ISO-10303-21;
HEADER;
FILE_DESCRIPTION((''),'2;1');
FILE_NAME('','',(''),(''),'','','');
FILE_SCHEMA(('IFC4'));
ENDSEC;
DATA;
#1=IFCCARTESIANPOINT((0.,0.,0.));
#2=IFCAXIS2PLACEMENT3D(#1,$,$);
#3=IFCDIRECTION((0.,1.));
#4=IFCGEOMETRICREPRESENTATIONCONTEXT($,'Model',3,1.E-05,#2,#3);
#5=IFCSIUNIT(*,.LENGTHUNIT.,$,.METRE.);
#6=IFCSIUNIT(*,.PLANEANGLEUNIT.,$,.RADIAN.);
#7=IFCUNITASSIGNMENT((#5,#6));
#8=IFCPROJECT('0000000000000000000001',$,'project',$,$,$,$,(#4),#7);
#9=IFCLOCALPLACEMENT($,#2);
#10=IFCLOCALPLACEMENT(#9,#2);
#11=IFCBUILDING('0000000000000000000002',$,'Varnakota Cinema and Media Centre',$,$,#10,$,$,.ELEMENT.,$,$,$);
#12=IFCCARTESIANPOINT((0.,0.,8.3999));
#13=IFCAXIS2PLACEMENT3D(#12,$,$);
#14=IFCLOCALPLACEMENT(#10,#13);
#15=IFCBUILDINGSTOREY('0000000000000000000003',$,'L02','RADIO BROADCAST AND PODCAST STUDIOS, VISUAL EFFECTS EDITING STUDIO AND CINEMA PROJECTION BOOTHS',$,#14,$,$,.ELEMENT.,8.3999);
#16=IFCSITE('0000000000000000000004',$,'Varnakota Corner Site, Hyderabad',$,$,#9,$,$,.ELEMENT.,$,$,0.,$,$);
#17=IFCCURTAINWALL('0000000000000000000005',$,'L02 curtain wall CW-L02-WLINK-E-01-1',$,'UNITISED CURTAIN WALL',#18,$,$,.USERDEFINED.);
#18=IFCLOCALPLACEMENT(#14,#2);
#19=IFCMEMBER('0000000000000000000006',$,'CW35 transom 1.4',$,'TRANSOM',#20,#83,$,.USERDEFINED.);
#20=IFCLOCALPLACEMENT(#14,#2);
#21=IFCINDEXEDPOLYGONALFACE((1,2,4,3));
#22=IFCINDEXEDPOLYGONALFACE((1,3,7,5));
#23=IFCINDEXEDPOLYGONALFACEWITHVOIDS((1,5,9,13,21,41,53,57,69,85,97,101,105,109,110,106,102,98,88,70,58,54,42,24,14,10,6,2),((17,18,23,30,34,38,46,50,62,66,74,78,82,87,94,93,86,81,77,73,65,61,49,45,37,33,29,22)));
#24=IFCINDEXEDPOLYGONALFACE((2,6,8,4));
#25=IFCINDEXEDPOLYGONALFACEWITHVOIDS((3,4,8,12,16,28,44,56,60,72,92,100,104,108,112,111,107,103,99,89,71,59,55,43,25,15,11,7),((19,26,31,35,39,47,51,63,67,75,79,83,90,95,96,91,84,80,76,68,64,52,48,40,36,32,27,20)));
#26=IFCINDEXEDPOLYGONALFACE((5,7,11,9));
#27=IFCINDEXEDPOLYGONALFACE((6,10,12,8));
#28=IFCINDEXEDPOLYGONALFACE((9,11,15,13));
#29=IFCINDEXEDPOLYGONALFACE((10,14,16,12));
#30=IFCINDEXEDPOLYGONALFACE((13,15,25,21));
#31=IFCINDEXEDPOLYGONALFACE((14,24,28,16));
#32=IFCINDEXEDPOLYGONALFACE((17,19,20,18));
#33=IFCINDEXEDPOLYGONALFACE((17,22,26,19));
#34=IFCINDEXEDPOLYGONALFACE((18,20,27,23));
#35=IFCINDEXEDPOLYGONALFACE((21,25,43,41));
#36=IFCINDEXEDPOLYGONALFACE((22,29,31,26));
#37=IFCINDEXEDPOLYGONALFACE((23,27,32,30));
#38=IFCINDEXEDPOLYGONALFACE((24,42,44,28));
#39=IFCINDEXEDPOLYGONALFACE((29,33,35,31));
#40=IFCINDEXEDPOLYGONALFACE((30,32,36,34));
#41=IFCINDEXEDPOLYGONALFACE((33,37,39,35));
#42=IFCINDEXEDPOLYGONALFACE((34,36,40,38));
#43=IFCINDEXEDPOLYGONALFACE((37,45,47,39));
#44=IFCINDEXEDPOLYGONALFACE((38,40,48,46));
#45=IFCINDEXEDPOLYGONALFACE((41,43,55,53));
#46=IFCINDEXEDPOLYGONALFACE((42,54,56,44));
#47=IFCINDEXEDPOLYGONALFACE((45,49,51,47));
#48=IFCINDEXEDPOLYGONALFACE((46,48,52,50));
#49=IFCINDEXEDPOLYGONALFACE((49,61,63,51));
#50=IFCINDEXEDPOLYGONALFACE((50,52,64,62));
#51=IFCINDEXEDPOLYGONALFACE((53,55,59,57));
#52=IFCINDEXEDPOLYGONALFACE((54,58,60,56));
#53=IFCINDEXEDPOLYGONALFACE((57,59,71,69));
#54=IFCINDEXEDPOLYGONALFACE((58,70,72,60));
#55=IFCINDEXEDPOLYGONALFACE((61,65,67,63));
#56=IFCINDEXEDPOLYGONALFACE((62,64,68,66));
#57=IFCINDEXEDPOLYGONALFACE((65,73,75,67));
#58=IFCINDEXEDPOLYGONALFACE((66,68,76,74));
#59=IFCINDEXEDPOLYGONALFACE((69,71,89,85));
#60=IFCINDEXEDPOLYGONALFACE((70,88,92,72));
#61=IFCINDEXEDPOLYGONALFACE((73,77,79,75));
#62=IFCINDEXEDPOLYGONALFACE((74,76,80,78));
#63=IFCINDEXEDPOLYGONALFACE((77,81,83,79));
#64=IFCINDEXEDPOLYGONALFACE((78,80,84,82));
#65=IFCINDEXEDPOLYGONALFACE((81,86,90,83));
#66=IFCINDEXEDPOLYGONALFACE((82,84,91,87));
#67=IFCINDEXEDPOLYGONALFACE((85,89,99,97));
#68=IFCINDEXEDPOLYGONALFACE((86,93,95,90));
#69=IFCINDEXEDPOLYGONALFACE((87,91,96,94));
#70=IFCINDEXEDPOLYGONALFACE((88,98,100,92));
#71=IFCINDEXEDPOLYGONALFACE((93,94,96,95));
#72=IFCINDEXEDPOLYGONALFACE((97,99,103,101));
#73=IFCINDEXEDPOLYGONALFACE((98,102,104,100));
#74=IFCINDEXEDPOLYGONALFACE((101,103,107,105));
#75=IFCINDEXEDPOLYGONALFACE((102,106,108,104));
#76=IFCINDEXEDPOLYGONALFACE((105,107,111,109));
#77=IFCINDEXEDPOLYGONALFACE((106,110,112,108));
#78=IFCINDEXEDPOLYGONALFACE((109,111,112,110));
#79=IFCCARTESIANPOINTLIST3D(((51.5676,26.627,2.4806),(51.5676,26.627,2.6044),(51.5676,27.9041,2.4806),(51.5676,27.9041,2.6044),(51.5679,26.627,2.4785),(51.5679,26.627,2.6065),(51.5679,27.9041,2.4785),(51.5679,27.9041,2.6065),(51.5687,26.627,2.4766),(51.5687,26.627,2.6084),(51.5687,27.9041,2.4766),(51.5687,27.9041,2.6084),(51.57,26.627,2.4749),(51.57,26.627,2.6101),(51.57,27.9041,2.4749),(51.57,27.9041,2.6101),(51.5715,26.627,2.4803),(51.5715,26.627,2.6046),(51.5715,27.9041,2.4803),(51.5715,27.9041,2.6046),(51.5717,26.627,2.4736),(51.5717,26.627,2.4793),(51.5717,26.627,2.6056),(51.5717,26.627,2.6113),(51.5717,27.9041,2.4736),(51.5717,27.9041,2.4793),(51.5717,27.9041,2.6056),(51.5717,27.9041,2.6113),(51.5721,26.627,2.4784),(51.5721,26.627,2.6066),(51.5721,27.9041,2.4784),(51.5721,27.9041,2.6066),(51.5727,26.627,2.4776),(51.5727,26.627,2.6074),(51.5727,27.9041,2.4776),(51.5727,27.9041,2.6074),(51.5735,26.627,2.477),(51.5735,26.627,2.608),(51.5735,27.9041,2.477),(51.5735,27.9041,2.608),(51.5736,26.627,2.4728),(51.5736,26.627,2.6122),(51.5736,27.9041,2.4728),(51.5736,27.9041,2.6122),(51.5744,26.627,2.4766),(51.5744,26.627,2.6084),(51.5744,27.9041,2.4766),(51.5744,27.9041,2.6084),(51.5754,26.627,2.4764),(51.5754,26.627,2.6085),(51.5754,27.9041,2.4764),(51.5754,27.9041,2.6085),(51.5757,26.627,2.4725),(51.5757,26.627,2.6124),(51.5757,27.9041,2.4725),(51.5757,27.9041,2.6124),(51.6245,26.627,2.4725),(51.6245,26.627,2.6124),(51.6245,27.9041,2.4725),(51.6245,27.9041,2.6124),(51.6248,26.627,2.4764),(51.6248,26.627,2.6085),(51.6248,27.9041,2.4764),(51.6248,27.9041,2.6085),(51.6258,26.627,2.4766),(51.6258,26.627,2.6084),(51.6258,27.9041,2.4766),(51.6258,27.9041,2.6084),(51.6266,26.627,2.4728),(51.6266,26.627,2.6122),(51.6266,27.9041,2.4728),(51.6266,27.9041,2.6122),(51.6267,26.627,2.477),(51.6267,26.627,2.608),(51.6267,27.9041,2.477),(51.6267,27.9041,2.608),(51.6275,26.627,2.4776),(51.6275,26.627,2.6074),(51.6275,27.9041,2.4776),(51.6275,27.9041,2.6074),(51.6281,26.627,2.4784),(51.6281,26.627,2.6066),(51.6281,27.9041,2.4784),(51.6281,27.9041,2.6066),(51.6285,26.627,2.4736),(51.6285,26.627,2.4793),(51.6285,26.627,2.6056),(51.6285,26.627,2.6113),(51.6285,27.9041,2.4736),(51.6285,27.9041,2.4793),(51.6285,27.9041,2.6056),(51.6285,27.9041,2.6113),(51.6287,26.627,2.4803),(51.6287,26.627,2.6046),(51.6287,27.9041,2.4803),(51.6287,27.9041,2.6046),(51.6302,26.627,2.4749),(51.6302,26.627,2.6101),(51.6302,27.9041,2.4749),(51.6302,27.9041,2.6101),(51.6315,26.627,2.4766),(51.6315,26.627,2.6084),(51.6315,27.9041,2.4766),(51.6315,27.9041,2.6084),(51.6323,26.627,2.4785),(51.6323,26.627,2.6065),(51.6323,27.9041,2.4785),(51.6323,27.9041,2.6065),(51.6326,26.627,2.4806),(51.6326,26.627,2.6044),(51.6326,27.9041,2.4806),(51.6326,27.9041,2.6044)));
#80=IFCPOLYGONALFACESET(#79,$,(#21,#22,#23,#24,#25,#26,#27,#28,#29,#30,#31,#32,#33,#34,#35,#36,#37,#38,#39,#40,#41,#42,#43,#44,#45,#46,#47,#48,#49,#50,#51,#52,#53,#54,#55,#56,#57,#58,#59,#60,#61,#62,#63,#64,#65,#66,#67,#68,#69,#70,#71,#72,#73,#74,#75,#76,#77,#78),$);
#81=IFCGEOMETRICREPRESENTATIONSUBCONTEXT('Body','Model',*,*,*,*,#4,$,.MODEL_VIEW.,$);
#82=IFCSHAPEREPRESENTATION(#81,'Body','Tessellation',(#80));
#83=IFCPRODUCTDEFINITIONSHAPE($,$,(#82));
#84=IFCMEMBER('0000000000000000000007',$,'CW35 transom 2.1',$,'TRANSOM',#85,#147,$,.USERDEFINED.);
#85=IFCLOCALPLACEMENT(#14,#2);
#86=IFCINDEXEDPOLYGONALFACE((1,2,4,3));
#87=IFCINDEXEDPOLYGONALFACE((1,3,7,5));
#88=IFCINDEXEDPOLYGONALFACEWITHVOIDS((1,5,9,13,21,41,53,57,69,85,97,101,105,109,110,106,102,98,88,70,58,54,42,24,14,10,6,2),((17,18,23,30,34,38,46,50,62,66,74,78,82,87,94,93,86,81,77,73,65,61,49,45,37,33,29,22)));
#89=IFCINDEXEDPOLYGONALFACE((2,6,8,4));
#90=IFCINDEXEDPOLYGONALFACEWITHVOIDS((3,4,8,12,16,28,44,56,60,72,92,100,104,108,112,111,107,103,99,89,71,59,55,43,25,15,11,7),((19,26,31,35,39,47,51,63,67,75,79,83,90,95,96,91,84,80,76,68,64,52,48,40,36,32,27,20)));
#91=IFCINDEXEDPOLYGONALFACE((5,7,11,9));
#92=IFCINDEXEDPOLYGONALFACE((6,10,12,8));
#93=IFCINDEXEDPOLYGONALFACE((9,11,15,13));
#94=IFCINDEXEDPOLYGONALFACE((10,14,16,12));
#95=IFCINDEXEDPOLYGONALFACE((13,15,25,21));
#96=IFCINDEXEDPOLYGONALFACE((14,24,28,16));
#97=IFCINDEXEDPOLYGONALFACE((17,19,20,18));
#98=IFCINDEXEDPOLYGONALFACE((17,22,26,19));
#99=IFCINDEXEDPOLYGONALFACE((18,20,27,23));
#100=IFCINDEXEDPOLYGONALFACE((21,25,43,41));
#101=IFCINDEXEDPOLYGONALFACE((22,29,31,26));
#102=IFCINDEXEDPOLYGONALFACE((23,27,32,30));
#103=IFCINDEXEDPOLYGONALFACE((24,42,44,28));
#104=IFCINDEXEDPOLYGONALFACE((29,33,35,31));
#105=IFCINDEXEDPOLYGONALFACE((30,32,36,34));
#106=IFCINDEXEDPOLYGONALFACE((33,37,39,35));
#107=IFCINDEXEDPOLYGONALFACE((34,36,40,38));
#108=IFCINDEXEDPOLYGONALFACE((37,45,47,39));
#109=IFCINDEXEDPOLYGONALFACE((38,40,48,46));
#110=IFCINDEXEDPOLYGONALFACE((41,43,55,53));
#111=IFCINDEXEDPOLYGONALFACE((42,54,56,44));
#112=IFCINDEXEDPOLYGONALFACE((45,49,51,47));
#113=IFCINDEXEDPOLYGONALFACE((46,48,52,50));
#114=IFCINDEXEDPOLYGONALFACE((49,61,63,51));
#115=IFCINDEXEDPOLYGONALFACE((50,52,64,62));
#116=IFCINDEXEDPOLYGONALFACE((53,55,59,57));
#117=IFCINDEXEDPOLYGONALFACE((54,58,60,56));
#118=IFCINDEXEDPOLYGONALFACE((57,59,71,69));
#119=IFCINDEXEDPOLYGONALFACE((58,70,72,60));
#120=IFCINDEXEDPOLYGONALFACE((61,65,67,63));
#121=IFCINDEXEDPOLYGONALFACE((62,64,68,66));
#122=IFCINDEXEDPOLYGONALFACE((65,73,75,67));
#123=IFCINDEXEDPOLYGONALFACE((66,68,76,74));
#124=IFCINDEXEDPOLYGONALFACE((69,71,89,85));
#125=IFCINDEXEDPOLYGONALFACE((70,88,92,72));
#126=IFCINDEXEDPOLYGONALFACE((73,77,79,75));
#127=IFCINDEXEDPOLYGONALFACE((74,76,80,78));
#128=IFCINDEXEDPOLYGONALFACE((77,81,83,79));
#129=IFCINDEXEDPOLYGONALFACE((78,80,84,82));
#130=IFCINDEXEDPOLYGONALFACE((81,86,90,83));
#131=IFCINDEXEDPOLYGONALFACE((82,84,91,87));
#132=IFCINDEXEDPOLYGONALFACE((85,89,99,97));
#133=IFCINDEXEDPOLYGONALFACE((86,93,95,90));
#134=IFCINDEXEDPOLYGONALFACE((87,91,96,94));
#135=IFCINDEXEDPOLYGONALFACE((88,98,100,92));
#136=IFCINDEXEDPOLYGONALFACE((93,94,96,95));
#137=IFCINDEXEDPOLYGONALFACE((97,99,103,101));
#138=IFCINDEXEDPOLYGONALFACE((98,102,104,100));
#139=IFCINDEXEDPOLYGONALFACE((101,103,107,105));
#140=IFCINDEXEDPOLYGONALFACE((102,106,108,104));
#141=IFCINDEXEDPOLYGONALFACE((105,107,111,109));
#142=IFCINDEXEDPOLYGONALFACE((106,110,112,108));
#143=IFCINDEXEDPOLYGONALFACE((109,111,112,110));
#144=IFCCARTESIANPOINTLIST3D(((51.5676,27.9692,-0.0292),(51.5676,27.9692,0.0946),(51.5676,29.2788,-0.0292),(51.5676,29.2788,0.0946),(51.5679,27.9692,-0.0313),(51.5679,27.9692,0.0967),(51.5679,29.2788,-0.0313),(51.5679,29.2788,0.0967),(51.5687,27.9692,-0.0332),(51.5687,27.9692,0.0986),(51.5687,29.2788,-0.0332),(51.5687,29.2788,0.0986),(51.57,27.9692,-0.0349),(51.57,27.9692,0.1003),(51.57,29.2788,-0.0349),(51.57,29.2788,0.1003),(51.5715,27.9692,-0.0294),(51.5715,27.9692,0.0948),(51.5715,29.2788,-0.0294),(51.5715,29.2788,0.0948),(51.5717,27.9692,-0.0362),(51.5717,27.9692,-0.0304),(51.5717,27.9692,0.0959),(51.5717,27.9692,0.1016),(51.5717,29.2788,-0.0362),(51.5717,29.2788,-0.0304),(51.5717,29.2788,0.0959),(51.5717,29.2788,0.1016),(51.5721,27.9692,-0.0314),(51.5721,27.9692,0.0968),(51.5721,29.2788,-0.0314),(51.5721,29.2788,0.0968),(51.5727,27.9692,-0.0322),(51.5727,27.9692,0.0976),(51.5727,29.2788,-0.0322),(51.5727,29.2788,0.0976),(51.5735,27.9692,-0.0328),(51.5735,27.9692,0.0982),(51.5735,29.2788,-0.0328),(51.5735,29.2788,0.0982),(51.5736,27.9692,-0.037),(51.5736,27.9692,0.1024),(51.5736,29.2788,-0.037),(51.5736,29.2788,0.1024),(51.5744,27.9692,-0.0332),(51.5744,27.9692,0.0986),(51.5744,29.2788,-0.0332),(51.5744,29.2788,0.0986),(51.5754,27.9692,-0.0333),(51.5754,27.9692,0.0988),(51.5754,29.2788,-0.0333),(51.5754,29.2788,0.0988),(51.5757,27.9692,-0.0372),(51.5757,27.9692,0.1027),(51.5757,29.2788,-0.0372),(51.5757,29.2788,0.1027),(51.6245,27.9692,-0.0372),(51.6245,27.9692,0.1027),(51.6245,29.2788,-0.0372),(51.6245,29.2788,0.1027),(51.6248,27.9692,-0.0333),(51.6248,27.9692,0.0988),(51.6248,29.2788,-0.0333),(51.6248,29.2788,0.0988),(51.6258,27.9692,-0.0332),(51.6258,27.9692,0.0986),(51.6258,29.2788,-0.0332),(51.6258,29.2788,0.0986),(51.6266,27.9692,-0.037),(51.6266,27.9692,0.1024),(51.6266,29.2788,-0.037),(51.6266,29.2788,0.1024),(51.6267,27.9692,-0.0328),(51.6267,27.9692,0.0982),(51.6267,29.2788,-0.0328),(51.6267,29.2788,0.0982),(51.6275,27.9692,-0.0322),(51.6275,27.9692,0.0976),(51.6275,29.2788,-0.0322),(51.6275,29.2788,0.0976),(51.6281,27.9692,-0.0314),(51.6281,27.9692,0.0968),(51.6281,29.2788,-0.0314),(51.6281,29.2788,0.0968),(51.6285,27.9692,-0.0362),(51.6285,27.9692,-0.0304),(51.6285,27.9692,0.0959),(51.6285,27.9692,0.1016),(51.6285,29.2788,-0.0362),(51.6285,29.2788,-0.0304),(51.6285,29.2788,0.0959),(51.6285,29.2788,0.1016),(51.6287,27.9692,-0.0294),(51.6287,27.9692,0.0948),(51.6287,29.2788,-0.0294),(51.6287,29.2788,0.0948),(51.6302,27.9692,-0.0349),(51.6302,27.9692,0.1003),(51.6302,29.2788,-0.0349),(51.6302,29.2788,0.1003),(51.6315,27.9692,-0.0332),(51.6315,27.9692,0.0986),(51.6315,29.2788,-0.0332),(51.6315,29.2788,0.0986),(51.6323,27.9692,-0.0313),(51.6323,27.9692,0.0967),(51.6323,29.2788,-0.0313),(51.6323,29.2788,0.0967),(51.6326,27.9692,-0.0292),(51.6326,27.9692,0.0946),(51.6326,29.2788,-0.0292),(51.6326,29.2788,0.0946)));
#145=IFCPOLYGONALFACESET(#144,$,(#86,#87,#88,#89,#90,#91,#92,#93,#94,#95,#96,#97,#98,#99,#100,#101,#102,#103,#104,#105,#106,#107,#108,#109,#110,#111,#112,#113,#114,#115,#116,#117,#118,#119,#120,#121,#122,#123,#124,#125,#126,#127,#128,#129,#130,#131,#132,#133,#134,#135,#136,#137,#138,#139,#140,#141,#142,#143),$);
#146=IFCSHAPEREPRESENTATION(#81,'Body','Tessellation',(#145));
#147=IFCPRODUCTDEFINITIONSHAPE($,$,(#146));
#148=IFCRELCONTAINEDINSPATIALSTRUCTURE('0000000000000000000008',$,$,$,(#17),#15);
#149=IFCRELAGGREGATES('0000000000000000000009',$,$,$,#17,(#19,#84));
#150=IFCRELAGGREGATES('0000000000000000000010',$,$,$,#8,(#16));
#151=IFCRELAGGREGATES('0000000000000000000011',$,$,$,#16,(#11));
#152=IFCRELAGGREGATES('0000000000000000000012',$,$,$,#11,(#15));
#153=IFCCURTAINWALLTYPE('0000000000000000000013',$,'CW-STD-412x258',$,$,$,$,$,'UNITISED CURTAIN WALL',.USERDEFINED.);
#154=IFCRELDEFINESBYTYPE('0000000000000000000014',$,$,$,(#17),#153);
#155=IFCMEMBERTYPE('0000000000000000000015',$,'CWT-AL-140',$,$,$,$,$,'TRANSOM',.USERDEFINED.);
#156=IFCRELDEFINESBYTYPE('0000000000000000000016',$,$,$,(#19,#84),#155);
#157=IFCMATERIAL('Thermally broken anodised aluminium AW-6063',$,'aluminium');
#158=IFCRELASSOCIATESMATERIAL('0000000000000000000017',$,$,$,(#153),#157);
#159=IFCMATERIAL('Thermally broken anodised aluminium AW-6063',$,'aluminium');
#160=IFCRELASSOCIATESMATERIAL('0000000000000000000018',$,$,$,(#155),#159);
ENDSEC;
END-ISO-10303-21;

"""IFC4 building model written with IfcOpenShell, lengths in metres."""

from ifc_helpers import new_model, si_unit, direction, frame, origin, origin_2d, place, context, subcontext, project, spatial, hollow_rectangle, extrude, material, material_profile, profile_set, type_object, element, aggregate, save


model = new_model("IFC4")

# Units and contexts
model_context = context("Model", 3, precision=1e-05, world=origin(), true_north=direction((0.0, 1.0)))
body_context = subcontext(model_context, "Body", "Model", "MODEL_VIEW")
ifc_project = project(units=[si_unit("LENGTHUNIT", "METRE"), si_unit("PLANEANGLEUNIT", "RADIAN")], contexts=[model_context])

# Site, building, storey
site_placement = place(None, origin())
site = spatial("IfcSite", under=ifc_project, at=site_placement, Name="Varnakota Corner Site, Hyderabad", CompositionType="ELEMENT", RefElevation=0.0)
building_placement = place(site_placement, origin())
building = spatial("IfcBuilding", under=site, at=building_placement, Name="Varnakota Cinema and Media Centre", CompositionType="ELEMENT")
storey_placement = place(building_placement, frame((0.0, 0.0, 8.3999)))
storey = spatial("IfcBuildingStorey", under=building, at=storey_placement, Name="L02", Description="RADIO BROADCAST AND PODCAST STUDIOS, VISUAL EFFECTS EDITING STUDIO AND CINEMA PROJECTION BOOTHS", CompositionType="ELEMENT", Elevation=8.3999)

# Curtain wall, members
ifc_material_1 = material(Name="Thermally broken anodised aluminium AW-6063", Category="aluminium")
curtain_wall_type = type_object("IfcCurtainWallType", Name="CW-STD-412x258", ElementType="UNITISED CURTAIN WALL", PredefinedType="USERDEFINED", material=ifc_material_1)
curtain_wall_placement = place(storey_placement, origin())
curtain_wall = element("IfcCurtainWall", 1, at=curtain_wall_placement, inside=storey, type_object=curtain_wall_type, Name="L02 curtain wall CW-L02-WLINK-E-01-1", ObjectType="UNITISED CURTAIN WALL", PredefinedType="USERDEFINED")
ifc_material_2 = material(Name="Thermally broken anodised aluminium AW-6063", Category="aluminium")
ifc_material_profile_1 = material_profile(ifc_material_2, hollow_rectangle(XDim=0.0649, YDim=0.1399, WallThickness=0.0039, InnerFilletRadius=0.0039, OuterFilletRadius=0.0081, at=origin_2d()), Name="AL-TRANSOM 140x65x4")
ifc_profile_set_1 = profile_set([ifc_material_profile_1], Name="Thermally broken anodised aluminium AW-6063")
member_type_1 = type_object("IfcMemberType", Name="CWT-AL-140", ElementType="TRANSOM", PredefinedType="USERDEFINED", material=ifc_profile_set_1)
member_1_placement = place(storey_placement, frame((51.6001, 26.627, 2.5425), z_axis=(0.0, 1.0, 0.0), x_axis=(-1.0, 0.0, 0.0)))
member_1 = element("IfcMember", 2, at=member_1_placement, type_object=member_type_1, Name="CW35 transom 1.4", ObjectType="TRANSOM", PredefinedType="USERDEFINED", context=body_context, shape_type="SweptSolid", body=[
    extrude(hollow_rectangle(XDim=0.0649, YDim=0.1399, WallThickness=0.0039, InnerFilletRadius=0.0039, OuterFilletRadius=0.0081, at=origin_2d()), origin(), (0.0, 0.0, 1.0), 1.2771),
])
member_2_placement = place(storey_placement, frame((51.6001, 27.9692, 0.0327), z_axis=(0.0, 1.0, 0.0), x_axis=(-1.0, 0.0, 0.0)))
member_2 = element("IfcMember", 3, at=member_2_placement, type_object=member_type_1, Name="CW35 transom 2.1", ObjectType="TRANSOM", PredefinedType="USERDEFINED", context=body_context, shape_type="SweptSolid", body=[
    extrude(hollow_rectangle(XDim=0.0649, YDim=0.1399, WallThickness=0.0039, InnerFilletRadius=0.0039, OuterFilletRadius=0.0081, at=origin_2d()), origin(), (0.0, 0.0, 1.0), 1.3096),
])
aggregate(curtain_wall, [member_1, member_2])

save(model, "model.ifc")
